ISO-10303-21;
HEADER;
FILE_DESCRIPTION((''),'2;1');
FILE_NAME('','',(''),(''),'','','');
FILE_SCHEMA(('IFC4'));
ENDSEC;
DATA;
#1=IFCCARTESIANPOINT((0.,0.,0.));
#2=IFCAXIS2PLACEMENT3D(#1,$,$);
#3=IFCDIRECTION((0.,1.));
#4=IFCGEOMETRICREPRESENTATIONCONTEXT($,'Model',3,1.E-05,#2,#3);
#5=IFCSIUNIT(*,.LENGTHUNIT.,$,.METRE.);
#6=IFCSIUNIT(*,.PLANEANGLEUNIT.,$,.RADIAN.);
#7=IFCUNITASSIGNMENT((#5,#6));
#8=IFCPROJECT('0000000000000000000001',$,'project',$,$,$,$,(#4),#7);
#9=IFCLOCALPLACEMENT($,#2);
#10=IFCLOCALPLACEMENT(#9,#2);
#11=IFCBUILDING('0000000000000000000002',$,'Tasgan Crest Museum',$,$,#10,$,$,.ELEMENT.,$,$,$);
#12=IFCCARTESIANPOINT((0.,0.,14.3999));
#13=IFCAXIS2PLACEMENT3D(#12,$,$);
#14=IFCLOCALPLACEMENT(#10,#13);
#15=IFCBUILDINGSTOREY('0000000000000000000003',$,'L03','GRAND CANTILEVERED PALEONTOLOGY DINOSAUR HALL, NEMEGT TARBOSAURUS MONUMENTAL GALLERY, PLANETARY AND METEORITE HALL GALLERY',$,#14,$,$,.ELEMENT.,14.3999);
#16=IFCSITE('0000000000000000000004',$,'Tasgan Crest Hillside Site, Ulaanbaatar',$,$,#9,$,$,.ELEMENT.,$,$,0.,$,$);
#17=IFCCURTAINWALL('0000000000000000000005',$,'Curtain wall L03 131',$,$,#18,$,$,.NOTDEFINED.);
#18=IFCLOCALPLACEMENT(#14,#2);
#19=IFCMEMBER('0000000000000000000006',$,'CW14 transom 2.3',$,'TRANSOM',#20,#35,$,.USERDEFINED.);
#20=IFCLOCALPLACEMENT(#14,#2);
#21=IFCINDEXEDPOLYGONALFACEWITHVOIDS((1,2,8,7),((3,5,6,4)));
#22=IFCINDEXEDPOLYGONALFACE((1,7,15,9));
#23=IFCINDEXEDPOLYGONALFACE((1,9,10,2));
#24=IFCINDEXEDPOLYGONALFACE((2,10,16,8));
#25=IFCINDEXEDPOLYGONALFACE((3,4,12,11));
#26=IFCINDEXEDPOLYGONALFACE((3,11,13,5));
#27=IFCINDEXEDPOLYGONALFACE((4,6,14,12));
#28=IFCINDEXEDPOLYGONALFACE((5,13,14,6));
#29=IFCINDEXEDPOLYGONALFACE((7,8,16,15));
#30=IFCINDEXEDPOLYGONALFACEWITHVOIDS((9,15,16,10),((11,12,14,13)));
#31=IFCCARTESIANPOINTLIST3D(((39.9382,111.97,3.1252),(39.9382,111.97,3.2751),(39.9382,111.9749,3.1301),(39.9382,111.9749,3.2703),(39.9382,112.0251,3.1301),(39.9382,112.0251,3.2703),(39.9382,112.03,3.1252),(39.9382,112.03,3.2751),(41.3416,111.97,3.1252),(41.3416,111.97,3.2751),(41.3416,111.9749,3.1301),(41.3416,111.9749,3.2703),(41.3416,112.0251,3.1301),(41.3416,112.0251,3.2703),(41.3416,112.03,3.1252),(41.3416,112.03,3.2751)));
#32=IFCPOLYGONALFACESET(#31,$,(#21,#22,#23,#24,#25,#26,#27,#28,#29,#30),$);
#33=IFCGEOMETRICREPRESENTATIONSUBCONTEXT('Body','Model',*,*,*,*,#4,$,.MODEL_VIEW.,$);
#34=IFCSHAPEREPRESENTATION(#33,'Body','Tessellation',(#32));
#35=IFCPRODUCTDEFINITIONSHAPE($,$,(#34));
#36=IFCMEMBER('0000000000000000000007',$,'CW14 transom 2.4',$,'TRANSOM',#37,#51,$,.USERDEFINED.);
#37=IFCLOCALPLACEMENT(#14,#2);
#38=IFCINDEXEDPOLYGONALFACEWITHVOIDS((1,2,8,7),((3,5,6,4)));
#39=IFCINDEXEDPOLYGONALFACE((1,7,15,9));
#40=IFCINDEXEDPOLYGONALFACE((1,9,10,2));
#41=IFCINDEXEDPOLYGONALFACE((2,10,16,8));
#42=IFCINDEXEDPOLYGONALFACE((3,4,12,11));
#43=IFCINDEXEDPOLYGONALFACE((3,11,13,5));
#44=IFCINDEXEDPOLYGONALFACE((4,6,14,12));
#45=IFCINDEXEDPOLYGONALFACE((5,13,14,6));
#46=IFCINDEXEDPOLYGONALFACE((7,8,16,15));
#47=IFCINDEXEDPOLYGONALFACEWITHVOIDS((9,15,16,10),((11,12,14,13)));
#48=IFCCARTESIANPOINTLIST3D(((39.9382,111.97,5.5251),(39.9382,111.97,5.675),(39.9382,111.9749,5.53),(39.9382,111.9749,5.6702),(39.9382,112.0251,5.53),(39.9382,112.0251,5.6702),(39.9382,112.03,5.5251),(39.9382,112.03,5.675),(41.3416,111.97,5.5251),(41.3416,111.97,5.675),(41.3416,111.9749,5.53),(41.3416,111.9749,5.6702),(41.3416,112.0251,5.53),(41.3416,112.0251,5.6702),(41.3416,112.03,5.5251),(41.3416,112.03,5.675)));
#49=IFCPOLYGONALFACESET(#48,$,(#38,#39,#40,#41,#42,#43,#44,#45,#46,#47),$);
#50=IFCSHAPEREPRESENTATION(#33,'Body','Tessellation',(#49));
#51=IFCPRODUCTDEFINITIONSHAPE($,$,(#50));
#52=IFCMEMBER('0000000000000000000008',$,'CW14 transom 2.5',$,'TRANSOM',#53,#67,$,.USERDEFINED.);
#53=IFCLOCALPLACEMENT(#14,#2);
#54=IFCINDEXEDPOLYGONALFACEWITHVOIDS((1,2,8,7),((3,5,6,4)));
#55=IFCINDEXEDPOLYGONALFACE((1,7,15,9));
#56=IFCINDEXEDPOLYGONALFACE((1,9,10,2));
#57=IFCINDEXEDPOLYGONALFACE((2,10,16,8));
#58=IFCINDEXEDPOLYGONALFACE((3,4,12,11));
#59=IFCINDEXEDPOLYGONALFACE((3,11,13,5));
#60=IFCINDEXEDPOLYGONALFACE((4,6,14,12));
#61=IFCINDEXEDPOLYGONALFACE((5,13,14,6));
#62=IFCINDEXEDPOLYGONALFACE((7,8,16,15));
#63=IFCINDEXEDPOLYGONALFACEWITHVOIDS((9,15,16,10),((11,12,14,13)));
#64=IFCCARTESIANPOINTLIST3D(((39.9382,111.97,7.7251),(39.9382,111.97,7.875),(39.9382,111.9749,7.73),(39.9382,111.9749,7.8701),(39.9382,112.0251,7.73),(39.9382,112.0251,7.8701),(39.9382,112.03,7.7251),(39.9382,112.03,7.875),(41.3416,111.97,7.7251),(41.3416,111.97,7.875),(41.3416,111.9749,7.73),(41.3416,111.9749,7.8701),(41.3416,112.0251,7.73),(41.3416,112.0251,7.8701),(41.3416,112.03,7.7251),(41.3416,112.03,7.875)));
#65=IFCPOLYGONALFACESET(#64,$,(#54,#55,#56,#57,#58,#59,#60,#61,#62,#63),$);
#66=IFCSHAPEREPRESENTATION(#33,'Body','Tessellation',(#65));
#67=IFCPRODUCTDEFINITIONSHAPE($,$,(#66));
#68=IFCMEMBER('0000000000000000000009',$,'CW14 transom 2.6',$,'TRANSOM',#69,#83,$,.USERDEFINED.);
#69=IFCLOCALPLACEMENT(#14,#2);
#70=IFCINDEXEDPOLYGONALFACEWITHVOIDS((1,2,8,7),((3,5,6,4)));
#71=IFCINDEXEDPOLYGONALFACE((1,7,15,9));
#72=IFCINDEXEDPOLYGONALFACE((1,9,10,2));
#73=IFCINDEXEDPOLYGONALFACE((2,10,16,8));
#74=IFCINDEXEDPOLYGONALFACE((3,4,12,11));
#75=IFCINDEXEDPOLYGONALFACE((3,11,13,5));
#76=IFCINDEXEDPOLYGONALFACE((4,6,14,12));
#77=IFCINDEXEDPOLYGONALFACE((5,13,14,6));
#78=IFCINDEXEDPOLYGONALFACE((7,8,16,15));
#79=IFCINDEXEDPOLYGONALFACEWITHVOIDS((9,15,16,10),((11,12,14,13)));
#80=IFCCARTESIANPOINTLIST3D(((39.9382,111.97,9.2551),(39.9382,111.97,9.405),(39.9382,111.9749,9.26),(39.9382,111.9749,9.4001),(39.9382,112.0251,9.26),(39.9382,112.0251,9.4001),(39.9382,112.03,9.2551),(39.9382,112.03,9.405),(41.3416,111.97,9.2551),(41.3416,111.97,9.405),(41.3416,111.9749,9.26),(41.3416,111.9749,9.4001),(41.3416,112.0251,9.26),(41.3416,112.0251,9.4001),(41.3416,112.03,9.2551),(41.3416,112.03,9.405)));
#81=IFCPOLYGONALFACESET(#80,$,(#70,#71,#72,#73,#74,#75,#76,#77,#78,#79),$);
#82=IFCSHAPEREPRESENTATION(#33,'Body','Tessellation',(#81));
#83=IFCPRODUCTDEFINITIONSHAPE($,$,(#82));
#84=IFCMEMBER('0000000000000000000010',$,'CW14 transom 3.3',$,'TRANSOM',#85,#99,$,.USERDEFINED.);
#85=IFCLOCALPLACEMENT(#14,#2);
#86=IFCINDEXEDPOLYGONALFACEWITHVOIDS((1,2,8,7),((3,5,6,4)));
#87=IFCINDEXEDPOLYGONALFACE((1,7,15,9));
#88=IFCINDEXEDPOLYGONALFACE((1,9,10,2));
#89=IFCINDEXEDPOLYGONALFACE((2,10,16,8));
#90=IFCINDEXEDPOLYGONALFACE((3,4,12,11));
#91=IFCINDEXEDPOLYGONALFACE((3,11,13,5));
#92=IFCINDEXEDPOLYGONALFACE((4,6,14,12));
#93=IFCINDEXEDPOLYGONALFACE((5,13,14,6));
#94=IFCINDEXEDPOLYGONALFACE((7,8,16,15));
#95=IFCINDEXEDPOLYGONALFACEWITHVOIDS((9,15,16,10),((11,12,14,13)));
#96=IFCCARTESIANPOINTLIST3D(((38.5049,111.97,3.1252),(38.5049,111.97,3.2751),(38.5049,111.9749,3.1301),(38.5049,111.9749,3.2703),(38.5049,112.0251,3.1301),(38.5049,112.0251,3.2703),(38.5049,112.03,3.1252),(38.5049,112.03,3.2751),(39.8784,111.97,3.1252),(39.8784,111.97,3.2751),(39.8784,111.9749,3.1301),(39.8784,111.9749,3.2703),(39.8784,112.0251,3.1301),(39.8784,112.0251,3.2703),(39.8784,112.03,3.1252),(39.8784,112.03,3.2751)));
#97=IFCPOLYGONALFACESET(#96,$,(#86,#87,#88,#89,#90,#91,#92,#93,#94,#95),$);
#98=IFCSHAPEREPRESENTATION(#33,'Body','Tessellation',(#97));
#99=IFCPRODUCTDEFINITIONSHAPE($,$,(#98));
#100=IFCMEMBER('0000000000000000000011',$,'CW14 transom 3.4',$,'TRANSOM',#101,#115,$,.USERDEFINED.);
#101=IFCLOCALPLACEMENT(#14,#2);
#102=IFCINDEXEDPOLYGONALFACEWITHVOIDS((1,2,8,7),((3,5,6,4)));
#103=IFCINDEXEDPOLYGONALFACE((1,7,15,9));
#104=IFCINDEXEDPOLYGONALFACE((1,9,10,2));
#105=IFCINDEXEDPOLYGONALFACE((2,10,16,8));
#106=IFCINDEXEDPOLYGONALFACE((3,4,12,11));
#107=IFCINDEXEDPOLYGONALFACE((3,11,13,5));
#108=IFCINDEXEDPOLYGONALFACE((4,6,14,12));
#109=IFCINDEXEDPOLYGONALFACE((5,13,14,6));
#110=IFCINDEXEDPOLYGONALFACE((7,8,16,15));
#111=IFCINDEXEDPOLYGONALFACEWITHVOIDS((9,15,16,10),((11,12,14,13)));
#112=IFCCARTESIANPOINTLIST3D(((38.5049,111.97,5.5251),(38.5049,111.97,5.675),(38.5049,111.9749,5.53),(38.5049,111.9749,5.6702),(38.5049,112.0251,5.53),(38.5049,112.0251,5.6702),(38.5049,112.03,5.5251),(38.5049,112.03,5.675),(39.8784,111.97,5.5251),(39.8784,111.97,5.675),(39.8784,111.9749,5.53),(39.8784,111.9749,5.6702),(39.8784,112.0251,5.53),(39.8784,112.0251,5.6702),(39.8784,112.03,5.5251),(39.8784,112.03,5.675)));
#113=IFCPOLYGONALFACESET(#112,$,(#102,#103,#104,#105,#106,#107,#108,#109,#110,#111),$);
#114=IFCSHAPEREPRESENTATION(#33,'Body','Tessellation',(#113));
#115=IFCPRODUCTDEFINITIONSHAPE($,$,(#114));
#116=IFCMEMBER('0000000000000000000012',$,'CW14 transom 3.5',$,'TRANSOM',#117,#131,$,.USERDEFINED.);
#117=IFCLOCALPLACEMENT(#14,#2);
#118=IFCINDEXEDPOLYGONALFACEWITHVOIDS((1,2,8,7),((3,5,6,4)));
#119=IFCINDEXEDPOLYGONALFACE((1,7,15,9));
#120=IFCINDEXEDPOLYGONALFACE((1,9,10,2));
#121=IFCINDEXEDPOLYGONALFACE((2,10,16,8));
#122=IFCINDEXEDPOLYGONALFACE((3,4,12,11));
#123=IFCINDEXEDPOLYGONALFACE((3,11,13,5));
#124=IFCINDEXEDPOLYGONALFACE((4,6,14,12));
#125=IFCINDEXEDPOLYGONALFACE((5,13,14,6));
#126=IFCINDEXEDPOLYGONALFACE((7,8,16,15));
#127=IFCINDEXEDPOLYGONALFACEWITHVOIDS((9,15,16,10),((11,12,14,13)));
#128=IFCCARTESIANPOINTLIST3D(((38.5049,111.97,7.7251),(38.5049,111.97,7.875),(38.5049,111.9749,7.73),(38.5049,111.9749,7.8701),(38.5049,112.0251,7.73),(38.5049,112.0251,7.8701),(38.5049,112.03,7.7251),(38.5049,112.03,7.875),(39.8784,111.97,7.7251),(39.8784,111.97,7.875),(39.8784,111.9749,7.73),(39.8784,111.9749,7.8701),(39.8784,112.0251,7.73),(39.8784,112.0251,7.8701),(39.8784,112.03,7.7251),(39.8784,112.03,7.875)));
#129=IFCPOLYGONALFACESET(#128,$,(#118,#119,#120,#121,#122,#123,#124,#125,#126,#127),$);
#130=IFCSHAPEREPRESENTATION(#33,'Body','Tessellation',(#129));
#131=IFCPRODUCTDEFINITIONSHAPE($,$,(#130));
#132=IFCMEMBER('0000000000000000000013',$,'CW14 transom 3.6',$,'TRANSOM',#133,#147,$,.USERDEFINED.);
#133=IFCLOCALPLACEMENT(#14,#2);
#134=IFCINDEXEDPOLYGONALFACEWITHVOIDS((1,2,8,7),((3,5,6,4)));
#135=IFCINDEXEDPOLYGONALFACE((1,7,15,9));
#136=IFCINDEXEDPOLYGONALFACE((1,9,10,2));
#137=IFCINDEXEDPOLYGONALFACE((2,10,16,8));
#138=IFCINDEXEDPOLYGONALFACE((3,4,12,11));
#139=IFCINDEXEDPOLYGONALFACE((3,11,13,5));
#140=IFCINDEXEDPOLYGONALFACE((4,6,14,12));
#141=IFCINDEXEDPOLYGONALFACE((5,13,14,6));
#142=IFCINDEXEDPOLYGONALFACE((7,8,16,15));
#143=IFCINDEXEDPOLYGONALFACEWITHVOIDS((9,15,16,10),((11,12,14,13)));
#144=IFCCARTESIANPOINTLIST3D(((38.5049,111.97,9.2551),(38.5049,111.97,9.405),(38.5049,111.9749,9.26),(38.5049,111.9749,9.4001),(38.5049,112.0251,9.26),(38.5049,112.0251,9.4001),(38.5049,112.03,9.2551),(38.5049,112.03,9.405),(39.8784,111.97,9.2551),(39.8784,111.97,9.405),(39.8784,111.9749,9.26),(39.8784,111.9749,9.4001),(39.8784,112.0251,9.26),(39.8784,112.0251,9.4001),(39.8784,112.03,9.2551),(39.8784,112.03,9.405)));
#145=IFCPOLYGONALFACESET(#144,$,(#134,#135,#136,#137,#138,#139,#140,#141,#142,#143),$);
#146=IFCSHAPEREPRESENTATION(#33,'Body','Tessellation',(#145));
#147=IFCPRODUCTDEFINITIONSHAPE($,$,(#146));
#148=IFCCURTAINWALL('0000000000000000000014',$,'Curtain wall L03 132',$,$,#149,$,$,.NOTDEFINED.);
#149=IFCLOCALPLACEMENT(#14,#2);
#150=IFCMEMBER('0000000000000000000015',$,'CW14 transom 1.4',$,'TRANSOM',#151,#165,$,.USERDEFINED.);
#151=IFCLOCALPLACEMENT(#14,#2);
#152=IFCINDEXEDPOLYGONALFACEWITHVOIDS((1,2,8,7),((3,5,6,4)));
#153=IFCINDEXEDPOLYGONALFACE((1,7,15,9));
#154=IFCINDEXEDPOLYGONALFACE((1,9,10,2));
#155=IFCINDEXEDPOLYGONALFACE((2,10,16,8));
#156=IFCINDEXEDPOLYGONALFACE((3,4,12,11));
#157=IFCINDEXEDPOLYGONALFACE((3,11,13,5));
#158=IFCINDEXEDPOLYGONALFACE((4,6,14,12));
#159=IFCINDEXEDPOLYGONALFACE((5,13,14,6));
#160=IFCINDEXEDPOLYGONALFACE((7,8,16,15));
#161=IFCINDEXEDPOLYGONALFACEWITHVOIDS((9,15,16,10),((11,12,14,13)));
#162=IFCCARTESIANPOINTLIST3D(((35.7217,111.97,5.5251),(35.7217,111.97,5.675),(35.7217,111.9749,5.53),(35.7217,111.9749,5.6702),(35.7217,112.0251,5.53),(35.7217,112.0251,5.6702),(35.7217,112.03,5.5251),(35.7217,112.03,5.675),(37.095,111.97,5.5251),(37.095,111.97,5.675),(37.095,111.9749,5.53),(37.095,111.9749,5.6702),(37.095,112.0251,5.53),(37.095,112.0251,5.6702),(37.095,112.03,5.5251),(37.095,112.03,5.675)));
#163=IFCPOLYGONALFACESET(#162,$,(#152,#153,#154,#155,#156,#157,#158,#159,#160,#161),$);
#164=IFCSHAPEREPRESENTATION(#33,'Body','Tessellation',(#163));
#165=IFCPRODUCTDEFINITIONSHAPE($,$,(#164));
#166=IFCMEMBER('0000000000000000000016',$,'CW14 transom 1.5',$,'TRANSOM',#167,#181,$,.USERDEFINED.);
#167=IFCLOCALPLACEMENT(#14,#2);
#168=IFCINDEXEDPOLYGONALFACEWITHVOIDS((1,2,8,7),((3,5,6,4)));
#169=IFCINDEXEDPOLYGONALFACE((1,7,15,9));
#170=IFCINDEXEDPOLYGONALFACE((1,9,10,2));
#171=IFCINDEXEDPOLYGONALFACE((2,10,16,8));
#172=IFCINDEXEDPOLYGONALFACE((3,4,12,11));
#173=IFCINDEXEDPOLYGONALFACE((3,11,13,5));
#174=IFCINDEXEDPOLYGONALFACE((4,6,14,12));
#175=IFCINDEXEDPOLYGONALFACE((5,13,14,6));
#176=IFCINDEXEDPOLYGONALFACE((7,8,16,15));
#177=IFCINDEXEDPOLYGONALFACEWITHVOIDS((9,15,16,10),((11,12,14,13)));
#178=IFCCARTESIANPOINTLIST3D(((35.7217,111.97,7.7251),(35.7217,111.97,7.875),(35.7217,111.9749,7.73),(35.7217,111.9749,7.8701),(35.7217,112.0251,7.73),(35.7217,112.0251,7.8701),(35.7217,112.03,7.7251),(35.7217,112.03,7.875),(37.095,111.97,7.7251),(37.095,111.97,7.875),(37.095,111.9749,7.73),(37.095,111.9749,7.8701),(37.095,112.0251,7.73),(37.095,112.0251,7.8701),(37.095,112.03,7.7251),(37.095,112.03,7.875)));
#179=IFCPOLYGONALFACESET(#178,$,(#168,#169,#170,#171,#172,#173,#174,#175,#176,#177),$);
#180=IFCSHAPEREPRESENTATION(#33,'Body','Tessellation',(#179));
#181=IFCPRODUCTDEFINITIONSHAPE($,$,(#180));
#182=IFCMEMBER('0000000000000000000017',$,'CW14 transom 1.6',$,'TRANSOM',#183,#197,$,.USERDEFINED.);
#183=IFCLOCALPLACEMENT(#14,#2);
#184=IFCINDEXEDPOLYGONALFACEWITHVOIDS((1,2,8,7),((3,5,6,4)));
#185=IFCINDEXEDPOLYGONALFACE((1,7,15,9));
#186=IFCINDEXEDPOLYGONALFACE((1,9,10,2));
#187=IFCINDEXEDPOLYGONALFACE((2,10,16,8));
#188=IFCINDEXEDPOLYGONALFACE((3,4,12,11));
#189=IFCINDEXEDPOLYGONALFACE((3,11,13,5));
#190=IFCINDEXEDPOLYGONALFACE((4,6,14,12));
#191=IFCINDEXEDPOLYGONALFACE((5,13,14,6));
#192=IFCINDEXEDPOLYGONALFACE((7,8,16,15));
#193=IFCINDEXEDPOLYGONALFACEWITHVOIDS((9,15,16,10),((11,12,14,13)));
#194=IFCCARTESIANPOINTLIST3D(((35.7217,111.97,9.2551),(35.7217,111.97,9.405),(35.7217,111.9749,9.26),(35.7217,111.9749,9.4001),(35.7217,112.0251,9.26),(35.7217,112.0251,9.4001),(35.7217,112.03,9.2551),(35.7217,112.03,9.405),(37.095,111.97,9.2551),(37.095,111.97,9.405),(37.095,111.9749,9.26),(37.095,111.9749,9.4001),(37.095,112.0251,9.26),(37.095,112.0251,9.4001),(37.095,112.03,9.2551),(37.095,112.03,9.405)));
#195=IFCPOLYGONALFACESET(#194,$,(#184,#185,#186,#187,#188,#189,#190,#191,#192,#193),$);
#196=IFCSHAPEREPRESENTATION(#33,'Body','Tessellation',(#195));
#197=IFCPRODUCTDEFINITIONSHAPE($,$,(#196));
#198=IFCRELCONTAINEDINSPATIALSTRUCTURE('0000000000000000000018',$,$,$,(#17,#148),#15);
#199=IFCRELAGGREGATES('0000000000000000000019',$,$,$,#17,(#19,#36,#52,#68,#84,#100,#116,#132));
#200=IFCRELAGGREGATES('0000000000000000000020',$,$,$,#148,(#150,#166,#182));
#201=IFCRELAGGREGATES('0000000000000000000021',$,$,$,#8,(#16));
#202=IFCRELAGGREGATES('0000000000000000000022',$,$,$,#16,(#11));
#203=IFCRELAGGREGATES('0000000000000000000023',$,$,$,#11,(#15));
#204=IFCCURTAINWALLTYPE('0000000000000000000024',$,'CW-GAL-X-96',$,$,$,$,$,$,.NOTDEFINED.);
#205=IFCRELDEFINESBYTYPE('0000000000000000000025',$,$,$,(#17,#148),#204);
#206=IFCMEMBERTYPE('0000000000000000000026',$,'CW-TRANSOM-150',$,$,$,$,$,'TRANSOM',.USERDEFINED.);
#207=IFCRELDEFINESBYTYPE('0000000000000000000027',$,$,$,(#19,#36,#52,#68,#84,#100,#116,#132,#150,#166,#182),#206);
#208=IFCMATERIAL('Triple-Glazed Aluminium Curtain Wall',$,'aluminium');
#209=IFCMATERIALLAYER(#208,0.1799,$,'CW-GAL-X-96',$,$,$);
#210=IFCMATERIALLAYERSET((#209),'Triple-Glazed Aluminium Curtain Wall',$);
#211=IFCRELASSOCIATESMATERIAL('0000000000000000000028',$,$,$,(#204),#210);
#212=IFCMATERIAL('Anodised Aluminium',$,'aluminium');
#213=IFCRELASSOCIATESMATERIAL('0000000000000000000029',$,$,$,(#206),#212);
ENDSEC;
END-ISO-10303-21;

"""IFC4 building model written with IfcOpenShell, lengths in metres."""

from ifc_helpers import new_model, si_unit, direction, frame, origin, origin_2d, place, context, subcontext, project, spatial, hollow_rectangle, extrude, material, layer, layer_set, material_profile, profile_set, type_object, element, aggregate, save


model = new_model("IFC4")

# Units and contexts
model_context = context("Model", 3, precision=1e-05, world=origin(), true_north=direction((0.0, 1.0)))
body_context = subcontext(model_context, "Body", "Model", "MODEL_VIEW")
ifc_project = project(units=[si_unit("LENGTHUNIT", "METRE"), si_unit("PLANEANGLEUNIT", "RADIAN")], contexts=[model_context])

# Site, building, storey
site_placement = place(None, origin())
site = spatial("IfcSite", under=ifc_project, at=site_placement, Name="Tasgan Crest Hillside Site, Ulaanbaatar", CompositionType="ELEMENT", RefElevation=0.0)
building_placement = place(site_placement, origin())
building = spatial("IfcBuilding", under=site, at=building_placement, Name="Tasgan Crest Museum", CompositionType="ELEMENT")
storey_placement = place(building_placement, frame((0.0, 0.0, 14.3999)))
storey = spatial("IfcBuildingStorey", under=building, at=storey_placement, Name="L03", Description="GRAND CANTILEVERED PALEONTOLOGY DINOSAUR HALL, NEMEGT TARBOSAURUS MONUMENTAL GALLERY, PLANETARY AND METEORITE HALL GALLERY", CompositionType="ELEMENT", Elevation=14.3999)

# Curtain walls, members
ifc_material_1 = material(Name="Triple-Glazed Aluminium Curtain Wall", Category="aluminium")
ifc_layer_1 = layer(ifc_material_1, 0.1799, Name="CW-GAL-X-96")
ifc_layer_set_1 = layer_set([ifc_layer_1], Name="Triple-Glazed Aluminium Curtain Wall")
curtain_wall_type = type_object("IfcCurtainWallType", Name="CW-GAL-X-96", PredefinedType="NOTDEFINED", material=ifc_layer_set_1)
curtain_wall_1_placement = place(storey_placement, origin())
curtain_wall_1 = element("IfcCurtainWall", 1, at=curtain_wall_1_placement, inside=storey, type_object=curtain_wall_type, Name="Curtain wall L03 131", PredefinedType="NOTDEFINED")
ifc_material_2 = material(Name="Anodised Aluminium", Category="aluminium")
ifc_material_profile = material_profile(ifc_material_2, hollow_rectangle(XDim=0.0601, YDim=0.1499, WallThickness=0.0049, at=origin_2d()), Name="ALU TRANSOM 150x60x5")
ifc_profile_set = profile_set([ifc_material_profile], Name="Anodised Aluminium")
member_type = type_object("IfcMemberType", Name="CW-TRANSOM-150", ElementType="TRANSOM", PredefinedType="USERDEFINED", material=ifc_profile_set)
member_1_placement = place(storey_placement, frame((41.3416, 112.0, 3.2002), z_axis=(-1.0, 0.0, 0.0), x_axis=(0.0, -1.0, 0.0)))
member_1 = element("IfcMember", 2, at=member_1_placement, type_object=member_type, Name="CW14 transom 2.3", ObjectType="TRANSOM", PredefinedType="USERDEFINED", context=body_context, shape_type="SweptSolid", body=[
    extrude(hollow_rectangle(XDim=0.0601, YDim=0.1499, WallThickness=0.0049, at=origin_2d()), origin(), (0.0, 0.0, 1.0), 1.4033),
])
member_2_placement = place(storey_placement, frame((41.3416, 112.0, 5.6001), z_axis=(-1.0, 0.0, 0.0), x_axis=(0.0, -1.0, 0.0)))
member_2 = element("IfcMember", 3, at=member_2_placement, type_object=member_type, Name="CW14 transom 2.4", ObjectType="TRANSOM", PredefinedType="USERDEFINED", context=body_context, shape_type="SweptSolid", body=[
    extrude(hollow_rectangle(XDim=0.0601, YDim=0.1499, WallThickness=0.0049, at=origin_2d()), origin(), (0.0, 0.0, 1.0), 1.4033),
])
member_3_placement = place(storey_placement, frame((41.3416, 112.0, 7.8), z_axis=(-1.0, 0.0, 0.0), x_axis=(0.0, -1.0, 0.0)))
member_3 = element("IfcMember", 4, at=member_3_placement, type_object=member_type, Name="CW14 transom 2.5", ObjectType="TRANSOM", PredefinedType="USERDEFINED", context=body_context, shape_type="SweptSolid", body=[
    extrude(hollow_rectangle(XDim=0.0601, YDim=0.1499, WallThickness=0.0049, at=origin_2d()), origin(), (0.0, 0.0, 1.0), 1.4033),
])
member_4_placement = place(storey_placement, frame((41.3416, 112.0, 9.3301), z_axis=(-1.0, 0.0, 0.0), x_axis=(0.0, -1.0, 0.0)))
member_4 = element("IfcMember", 5, at=member_4_placement, type_object=member_type, Name="CW14 transom 2.6", ObjectType="TRANSOM", PredefinedType="USERDEFINED", context=body_context, shape_type="SweptSolid", body=[
    extrude(hollow_rectangle(XDim=0.0601, YDim=0.1499, WallThickness=0.0049, at=origin_2d()), origin(), (0.0, 0.0, 1.0), 1.4033),
])
member_5_placement = place(storey_placement, frame((39.8784, 112.0, 3.2002), z_axis=(-1.0, 0.0, 0.0), x_axis=(0.0, -1.0, 0.0)))
member_5 = element("IfcMember", 6, at=member_5_placement, type_object=member_type, Name="CW14 transom 3.3", ObjectType="TRANSOM", PredefinedType="USERDEFINED", context=body_context, shape_type="SweptSolid", body=[
    extrude(hollow_rectangle(XDim=0.0601, YDim=0.1499, WallThickness=0.0049, at=origin_2d()), origin(), (0.0, 0.0, 1.0), 1.3735),
])
member_6_placement = place(storey_placement, frame((39.8784, 112.0, 5.6001), z_axis=(-1.0, 0.0, 0.0), x_axis=(0.0, -1.0, 0.0)))
member_6 = element("IfcMember", 7, at=member_6_placement, type_object=member_type, Name="CW14 transom 3.4", ObjectType="TRANSOM", PredefinedType="USERDEFINED", context=body_context, shape_type="SweptSolid", body=[
    extrude(hollow_rectangle(XDim=0.0601, YDim=0.1499, WallThickness=0.0049, at=origin_2d()), origin(), (0.0, 0.0, 1.0), 1.3735),
])
member_7_placement = place(storey_placement, frame((39.8784, 112.0, 7.8), z_axis=(-1.0, 0.0, 0.0), x_axis=(0.0, -1.0, 0.0)))
member_7 = element("IfcMember", 8, at=member_7_placement, type_object=member_type, Name="CW14 transom 3.5", ObjectType="TRANSOM", PredefinedType="USERDEFINED", context=body_context, shape_type="SweptSolid", body=[
    extrude(hollow_rectangle(XDim=0.0601, YDim=0.1499, WallThickness=0.0049, at=origin_2d()), origin(), (0.0, 0.0, 1.0), 1.3735),
])
member_8_placement = place(storey_placement, frame((39.8784, 112.0, 9.3301), z_axis=(-1.0, 0.0, 0.0), x_axis=(0.0, -1.0, 0.0)))
member_8 = element("IfcMember", 9, at=member_8_placement, type_object=member_type, Name="CW14 transom 3.6", ObjectType="TRANSOM", PredefinedType="USERDEFINED", context=body_context, shape_type="SweptSolid", body=[
    extrude(hollow_rectangle(XDim=0.0601, YDim=0.1499, WallThickness=0.0049, at=origin_2d()), origin(), (0.0, 0.0, 1.0), 1.3735),
])
curtain_wall_2_placement = place(storey_placement, origin())
curtain_wall_2 = element("IfcCurtainWall", 10, at=curtain_wall_2_placement, inside=storey, type_object=curtain_wall_type, Name="Curtain wall L03 132", PredefinedType="NOTDEFINED")
member_9_placement = place(storey_placement, frame((37.095, 112.0, 5.6001), z_axis=(-1.0, 0.0, 0.0), x_axis=(0.0, -1.0, 0.0)))
member_9 = element("IfcMember", 11, at=member_9_placement, type_object=member_type, Name="CW14 transom 1.4", ObjectType="TRANSOM", PredefinedType="USERDEFINED", context=body_context, shape_type="SweptSolid", body=[
    extrude(hollow_rectangle(XDim=0.0601, YDim=0.1499, WallThickness=0.0049, at=origin_2d()), origin(), (0.0, 0.0, 1.0), 1.3733),
])
member_10_placement = place(storey_placement, frame((37.095, 112.0, 7.8), z_axis=(-1.0, 0.0, 0.0), x_axis=(0.0, -1.0, 0.0)))
member_10 = element("IfcMember", 12, at=member_10_placement, type_object=member_type, Name="CW14 transom 1.5", ObjectType="TRANSOM", PredefinedType="USERDEFINED", context=body_context, shape_type="SweptSolid", body=[
    extrude(hollow_rectangle(XDim=0.0601, YDim=0.1499, WallThickness=0.0049, at=origin_2d()), origin(), (0.0, 0.0, 1.0), 1.3733),
])
member_11_placement = place(storey_placement, frame((37.095, 112.0, 9.3301), z_axis=(-1.0, 0.0, 0.0), x_axis=(0.0, -1.0, 0.0)))
member_11 = element("IfcMember", 13, at=member_11_placement, type_object=member_type, Name="CW14 transom 1.6", ObjectType="TRANSOM", PredefinedType="USERDEFINED", context=body_context, shape_type="SweptSolid", body=[
    extrude(hollow_rectangle(XDim=0.0601, YDim=0.1499, WallThickness=0.0049, at=origin_2d()), origin(), (0.0, 0.0, 1.0), 1.3733),
])

aggregate(curtain_wall_1, [member_1, member_2, member_3, member_4, member_5, member_6, member_7, member_8])
aggregate(curtain_wall_2, [member_9, member_10, member_11])

save(model, "model.ifc")
